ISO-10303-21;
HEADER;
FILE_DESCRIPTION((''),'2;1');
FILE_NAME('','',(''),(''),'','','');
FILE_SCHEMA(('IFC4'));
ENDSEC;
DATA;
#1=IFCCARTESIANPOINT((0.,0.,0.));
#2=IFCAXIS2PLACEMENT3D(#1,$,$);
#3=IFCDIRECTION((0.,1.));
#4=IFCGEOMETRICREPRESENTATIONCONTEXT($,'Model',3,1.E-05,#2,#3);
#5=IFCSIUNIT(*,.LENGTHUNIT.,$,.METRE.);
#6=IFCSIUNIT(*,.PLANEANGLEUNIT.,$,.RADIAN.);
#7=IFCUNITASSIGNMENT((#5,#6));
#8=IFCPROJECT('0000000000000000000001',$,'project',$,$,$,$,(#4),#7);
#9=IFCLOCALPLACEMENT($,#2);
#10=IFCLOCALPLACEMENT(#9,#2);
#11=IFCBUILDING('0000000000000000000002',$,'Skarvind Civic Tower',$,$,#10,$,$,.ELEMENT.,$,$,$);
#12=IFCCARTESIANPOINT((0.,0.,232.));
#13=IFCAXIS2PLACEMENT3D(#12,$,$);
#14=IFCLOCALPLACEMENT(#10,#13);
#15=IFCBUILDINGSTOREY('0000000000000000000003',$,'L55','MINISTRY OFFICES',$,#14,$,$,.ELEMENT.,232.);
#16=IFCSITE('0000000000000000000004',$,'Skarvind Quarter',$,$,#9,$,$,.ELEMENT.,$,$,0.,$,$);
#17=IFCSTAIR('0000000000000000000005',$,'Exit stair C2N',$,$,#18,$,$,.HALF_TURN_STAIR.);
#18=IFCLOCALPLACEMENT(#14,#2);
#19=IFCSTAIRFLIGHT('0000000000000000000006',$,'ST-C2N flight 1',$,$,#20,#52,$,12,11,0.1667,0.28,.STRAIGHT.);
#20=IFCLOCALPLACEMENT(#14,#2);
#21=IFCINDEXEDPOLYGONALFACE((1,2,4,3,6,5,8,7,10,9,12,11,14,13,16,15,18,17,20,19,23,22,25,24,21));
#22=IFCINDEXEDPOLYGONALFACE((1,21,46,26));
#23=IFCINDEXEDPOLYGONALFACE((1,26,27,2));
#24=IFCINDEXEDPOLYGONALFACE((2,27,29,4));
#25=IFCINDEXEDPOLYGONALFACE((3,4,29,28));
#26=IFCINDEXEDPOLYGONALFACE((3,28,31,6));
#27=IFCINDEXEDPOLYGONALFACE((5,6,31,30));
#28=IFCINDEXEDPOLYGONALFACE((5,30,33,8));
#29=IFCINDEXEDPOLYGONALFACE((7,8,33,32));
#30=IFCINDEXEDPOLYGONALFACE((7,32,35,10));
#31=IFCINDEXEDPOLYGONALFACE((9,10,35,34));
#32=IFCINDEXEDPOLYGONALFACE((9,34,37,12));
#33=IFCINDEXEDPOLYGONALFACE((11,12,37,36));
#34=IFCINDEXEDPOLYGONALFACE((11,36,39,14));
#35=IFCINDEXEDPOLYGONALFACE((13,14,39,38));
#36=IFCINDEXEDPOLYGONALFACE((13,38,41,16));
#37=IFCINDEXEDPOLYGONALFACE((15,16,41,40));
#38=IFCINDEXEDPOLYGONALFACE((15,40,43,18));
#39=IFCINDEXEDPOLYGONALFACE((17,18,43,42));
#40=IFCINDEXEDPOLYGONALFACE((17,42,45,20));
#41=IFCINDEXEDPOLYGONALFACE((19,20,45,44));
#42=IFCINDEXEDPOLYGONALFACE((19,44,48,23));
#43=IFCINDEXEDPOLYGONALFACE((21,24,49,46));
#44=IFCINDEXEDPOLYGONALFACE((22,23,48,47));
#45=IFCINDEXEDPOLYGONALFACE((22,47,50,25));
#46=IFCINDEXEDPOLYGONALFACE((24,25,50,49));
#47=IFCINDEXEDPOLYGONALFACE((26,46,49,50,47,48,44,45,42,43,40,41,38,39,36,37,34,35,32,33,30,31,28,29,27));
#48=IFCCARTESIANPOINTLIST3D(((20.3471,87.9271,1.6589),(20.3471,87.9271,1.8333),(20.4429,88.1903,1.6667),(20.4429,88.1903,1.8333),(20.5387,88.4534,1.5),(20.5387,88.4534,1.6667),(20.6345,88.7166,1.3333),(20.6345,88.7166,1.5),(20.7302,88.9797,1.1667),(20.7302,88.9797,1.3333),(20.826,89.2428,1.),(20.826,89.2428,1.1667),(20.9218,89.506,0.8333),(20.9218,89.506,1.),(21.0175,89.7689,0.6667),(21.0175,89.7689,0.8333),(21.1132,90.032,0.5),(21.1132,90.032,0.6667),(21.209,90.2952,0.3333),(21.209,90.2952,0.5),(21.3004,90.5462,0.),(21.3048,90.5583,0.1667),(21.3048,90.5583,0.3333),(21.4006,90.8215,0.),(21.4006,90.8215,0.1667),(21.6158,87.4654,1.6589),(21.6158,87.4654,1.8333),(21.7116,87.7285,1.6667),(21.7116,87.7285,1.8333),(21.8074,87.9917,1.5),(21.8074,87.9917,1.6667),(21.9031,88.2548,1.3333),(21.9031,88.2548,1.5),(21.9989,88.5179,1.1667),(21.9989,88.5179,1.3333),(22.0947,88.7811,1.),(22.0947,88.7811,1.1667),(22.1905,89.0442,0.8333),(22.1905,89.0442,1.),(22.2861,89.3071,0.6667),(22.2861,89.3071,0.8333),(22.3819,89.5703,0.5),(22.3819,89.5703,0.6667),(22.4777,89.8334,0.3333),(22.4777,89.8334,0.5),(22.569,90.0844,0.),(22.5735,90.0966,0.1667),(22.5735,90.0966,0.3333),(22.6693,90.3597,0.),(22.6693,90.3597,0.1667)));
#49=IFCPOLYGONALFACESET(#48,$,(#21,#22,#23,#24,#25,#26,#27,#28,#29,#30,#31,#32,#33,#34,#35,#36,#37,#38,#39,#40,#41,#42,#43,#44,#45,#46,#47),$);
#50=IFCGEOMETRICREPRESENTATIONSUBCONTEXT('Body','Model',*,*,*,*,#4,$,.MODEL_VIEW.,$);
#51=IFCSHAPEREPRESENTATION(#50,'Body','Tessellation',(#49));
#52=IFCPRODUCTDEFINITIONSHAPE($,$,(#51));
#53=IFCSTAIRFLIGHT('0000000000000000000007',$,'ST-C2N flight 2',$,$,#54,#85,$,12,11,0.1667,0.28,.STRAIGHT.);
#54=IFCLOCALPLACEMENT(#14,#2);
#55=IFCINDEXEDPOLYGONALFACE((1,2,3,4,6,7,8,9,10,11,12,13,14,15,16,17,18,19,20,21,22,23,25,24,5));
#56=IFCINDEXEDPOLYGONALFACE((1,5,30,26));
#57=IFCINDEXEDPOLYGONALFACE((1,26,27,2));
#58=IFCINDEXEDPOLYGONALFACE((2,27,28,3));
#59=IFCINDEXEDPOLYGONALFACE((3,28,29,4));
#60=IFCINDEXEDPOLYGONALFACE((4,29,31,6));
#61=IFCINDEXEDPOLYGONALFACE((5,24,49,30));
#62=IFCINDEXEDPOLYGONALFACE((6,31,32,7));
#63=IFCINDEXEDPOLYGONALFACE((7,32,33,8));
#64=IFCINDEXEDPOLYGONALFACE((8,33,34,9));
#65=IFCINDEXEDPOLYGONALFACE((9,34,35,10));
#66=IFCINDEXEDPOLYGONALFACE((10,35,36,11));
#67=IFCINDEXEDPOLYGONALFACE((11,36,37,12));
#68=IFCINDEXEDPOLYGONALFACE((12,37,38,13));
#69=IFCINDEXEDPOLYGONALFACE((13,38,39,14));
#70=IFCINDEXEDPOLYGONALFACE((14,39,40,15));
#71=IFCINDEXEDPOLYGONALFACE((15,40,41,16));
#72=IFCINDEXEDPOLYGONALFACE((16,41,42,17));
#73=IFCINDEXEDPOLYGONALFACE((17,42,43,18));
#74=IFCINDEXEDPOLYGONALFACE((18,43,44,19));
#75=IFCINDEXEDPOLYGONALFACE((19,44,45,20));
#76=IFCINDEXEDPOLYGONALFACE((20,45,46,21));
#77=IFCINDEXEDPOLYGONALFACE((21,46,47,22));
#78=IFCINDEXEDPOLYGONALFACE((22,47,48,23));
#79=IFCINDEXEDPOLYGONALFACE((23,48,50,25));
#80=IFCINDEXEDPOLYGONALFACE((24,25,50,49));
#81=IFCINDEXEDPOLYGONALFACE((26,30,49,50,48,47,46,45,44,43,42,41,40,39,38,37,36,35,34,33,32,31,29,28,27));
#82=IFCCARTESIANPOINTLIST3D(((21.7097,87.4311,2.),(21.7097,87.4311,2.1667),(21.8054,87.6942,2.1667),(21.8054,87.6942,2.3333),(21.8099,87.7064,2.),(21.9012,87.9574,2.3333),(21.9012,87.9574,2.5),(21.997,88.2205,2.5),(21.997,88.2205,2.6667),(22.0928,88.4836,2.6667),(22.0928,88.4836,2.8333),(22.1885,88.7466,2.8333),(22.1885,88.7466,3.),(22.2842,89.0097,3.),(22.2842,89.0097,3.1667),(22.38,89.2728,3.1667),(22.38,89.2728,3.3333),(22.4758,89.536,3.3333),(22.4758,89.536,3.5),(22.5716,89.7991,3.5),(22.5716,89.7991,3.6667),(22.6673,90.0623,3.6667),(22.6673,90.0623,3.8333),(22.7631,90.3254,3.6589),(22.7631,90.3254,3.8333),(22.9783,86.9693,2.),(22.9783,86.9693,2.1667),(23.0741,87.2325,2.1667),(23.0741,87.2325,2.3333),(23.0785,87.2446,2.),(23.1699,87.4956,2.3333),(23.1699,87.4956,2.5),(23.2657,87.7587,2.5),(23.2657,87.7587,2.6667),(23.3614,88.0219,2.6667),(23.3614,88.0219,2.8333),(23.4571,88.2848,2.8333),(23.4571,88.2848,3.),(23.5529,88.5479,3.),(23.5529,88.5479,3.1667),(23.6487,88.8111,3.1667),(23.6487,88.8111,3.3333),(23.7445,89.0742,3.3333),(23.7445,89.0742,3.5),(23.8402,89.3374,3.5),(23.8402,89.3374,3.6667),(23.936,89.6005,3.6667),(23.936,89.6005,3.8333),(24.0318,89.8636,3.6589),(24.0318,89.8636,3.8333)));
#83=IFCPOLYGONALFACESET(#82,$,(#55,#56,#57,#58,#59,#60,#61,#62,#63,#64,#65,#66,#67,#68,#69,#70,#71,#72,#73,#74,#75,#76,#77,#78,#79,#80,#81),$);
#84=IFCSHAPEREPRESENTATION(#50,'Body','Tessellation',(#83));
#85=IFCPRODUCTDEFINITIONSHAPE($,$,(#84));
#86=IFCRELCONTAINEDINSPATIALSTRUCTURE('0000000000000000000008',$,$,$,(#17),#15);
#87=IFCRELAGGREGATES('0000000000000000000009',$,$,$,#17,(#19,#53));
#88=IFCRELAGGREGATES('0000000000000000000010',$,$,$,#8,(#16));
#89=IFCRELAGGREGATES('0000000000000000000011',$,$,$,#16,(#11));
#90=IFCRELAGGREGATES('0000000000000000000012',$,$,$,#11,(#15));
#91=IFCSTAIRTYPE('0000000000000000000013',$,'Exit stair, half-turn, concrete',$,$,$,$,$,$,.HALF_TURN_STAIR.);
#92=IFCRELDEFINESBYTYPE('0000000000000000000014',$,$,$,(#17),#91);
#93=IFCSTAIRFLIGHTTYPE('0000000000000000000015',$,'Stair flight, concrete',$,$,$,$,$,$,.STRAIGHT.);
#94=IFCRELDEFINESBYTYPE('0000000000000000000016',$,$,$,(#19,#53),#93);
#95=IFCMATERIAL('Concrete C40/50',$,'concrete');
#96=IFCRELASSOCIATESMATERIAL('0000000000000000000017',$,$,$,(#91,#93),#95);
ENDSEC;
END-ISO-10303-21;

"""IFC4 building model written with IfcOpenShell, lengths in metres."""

from ifc_helpers import new_model, si_unit, direction, frame, origin, place, context, subcontext, project, spatial, polyline, outline, extrude, material, type_object, element, aggregate, save


model = new_model("IFC4")

# Units and contexts
model_context = context("Model", 3, precision=1e-05, world=origin(), true_north=direction((0.0, 1.0)))
body_context = subcontext(model_context, "Body", "Model", "MODEL_VIEW")
ifc_project = project(units=[si_unit("LENGTHUNIT", "METRE"), si_unit("PLANEANGLEUNIT", "RADIAN")], contexts=[model_context])

# Site, building, storey
site_placement = place(None, origin())
site = spatial("IfcSite", under=ifc_project, at=site_placement, Name="Skarvind Quarter", CompositionType="ELEMENT", RefElevation=0.0)
building_placement = place(site_placement, origin())
building = spatial("IfcBuilding", under=site, at=building_placement, Name="Skarvind Civic Tower", CompositionType="ELEMENT")
storey_placement = place(building_placement, frame((0.0, 0.0, 232.0)))
storey = spatial("IfcBuildingStorey", under=building, at=storey_placement, Name="L55", Description="MINISTRY OFFICES", CompositionType="ELEMENT", Elevation=232.0)

# Stair, stair flights
ifc_material_1 = material(Name="Concrete C40/50", Category="concrete")
stair_type = type_object("IfcStairType", Name="Exit stair, half-turn, concrete", PredefinedType="HALF_TURN_STAIR", material=ifc_material_1)
stair_placement = place(storey_placement, origin())
stair = element("IfcStair", 1, at=stair_placement, inside=storey, type_object=stair_type, Name="Exit stair C2N", PredefinedType="HALF_TURN_STAIR")
stair_flight_type = type_object("IfcStairFlightType", Name="Stair flight, concrete", PredefinedType="STRAIGHT", material=ifc_material_1)
stair_flight_1_placement = place(storey_placement, frame((22.0349, 90.5906, 0.0), z_axis=(0.0, 0.0, 1.0), x_axis=(-0.34202, -0.939693, 0.0)))
stair_flight_1 = element("IfcStairFlight", 2, at=stair_flight_1_placement, type_object=stair_flight_type, Name="ST-C2N flight 1", NumberOfRisers=12, NumberOfTreads=11, PredefinedType="STRAIGHT", RiserHeight=0.1667, TreadLength=0.28, context=body_context, shape_type="SweptSolid", body=[
    extrude(outline(polyline([(0.0, 0.0), (0.0, 0.1667), (0.28, 0.1667), (0.28, 0.3333), (0.5601, 0.3333), (0.5601, 0.5), (0.8401, 0.5), (0.8401, 0.6667), (1.1201, 0.6667), (1.1201, 0.8333), (1.3999, 0.8333), (1.3999, 1.0), (1.6799, 1.0), (1.6799, 1.1667), (1.96, 1.1667), (1.96, 1.3333), (2.24, 1.3333), (2.24, 1.5), (2.52, 1.5), (2.52, 1.6667), (2.8, 1.6667), (2.8, 1.8333), (3.0801, 1.8333), (3.0801, 2.0), (3.0801, 1.6589), (0.293, 0.0), (0.0, 0.0)])), frame((0.0, 0.675, 0.0), z_axis=(0.0, -1.0, 0.0), x_axis=(1.0, 0.0, 0.0)), (0.0, 0.0, 1.0), 1.3501),
])
stair_flight_2_placement = place(storey_placement, frame((22.344, 87.2002, 2.0), z_axis=(0.0, 0.0, 1.0), x_axis=(0.34202, 0.939693, 0.0)))
stair_flight_2 = element("IfcStairFlight", 3, at=stair_flight_2_placement, type_object=stair_flight_type, Name="ST-C2N flight 2", NumberOfRisers=12, NumberOfTreads=11, PredefinedType="STRAIGHT", RiserHeight=0.1667, TreadLength=0.28, context=body_context, shape_type="SweptSolid", body=[
    extrude(outline(polyline([(0.0, 0.0), (0.0, 0.1667), (0.28, 0.1667), (0.28, 0.3333), (0.5601, 0.3333), (0.5601, 0.5), (0.8401, 0.5), (0.8401, 0.6667), (1.1201, 0.6667), (1.1201, 0.8333), (1.3999, 0.8333), (1.3999, 1.0), (1.6799, 1.0), (1.6799, 1.1667), (1.96, 1.1667), (1.96, 1.3333), (2.24, 1.3333), (2.24, 1.5), (2.52, 1.5), (2.52, 1.6667), (2.8, 1.6667), (2.8, 1.8333), (3.0801, 1.8333), (3.0801, 2.0), (3.0801, 1.6589), (0.293, 0.0), (0.0, 0.0)])), frame((0.0, 0.675, 0.0), z_axis=(0.0, -1.0, 0.0), x_axis=(1.0, 0.0, 0.0)), (0.0, 0.0, 1.0), 1.3501),
])
aggregate(stair, [stair_flight_1, stair_flight_2])

save(model, "model.ifc")
